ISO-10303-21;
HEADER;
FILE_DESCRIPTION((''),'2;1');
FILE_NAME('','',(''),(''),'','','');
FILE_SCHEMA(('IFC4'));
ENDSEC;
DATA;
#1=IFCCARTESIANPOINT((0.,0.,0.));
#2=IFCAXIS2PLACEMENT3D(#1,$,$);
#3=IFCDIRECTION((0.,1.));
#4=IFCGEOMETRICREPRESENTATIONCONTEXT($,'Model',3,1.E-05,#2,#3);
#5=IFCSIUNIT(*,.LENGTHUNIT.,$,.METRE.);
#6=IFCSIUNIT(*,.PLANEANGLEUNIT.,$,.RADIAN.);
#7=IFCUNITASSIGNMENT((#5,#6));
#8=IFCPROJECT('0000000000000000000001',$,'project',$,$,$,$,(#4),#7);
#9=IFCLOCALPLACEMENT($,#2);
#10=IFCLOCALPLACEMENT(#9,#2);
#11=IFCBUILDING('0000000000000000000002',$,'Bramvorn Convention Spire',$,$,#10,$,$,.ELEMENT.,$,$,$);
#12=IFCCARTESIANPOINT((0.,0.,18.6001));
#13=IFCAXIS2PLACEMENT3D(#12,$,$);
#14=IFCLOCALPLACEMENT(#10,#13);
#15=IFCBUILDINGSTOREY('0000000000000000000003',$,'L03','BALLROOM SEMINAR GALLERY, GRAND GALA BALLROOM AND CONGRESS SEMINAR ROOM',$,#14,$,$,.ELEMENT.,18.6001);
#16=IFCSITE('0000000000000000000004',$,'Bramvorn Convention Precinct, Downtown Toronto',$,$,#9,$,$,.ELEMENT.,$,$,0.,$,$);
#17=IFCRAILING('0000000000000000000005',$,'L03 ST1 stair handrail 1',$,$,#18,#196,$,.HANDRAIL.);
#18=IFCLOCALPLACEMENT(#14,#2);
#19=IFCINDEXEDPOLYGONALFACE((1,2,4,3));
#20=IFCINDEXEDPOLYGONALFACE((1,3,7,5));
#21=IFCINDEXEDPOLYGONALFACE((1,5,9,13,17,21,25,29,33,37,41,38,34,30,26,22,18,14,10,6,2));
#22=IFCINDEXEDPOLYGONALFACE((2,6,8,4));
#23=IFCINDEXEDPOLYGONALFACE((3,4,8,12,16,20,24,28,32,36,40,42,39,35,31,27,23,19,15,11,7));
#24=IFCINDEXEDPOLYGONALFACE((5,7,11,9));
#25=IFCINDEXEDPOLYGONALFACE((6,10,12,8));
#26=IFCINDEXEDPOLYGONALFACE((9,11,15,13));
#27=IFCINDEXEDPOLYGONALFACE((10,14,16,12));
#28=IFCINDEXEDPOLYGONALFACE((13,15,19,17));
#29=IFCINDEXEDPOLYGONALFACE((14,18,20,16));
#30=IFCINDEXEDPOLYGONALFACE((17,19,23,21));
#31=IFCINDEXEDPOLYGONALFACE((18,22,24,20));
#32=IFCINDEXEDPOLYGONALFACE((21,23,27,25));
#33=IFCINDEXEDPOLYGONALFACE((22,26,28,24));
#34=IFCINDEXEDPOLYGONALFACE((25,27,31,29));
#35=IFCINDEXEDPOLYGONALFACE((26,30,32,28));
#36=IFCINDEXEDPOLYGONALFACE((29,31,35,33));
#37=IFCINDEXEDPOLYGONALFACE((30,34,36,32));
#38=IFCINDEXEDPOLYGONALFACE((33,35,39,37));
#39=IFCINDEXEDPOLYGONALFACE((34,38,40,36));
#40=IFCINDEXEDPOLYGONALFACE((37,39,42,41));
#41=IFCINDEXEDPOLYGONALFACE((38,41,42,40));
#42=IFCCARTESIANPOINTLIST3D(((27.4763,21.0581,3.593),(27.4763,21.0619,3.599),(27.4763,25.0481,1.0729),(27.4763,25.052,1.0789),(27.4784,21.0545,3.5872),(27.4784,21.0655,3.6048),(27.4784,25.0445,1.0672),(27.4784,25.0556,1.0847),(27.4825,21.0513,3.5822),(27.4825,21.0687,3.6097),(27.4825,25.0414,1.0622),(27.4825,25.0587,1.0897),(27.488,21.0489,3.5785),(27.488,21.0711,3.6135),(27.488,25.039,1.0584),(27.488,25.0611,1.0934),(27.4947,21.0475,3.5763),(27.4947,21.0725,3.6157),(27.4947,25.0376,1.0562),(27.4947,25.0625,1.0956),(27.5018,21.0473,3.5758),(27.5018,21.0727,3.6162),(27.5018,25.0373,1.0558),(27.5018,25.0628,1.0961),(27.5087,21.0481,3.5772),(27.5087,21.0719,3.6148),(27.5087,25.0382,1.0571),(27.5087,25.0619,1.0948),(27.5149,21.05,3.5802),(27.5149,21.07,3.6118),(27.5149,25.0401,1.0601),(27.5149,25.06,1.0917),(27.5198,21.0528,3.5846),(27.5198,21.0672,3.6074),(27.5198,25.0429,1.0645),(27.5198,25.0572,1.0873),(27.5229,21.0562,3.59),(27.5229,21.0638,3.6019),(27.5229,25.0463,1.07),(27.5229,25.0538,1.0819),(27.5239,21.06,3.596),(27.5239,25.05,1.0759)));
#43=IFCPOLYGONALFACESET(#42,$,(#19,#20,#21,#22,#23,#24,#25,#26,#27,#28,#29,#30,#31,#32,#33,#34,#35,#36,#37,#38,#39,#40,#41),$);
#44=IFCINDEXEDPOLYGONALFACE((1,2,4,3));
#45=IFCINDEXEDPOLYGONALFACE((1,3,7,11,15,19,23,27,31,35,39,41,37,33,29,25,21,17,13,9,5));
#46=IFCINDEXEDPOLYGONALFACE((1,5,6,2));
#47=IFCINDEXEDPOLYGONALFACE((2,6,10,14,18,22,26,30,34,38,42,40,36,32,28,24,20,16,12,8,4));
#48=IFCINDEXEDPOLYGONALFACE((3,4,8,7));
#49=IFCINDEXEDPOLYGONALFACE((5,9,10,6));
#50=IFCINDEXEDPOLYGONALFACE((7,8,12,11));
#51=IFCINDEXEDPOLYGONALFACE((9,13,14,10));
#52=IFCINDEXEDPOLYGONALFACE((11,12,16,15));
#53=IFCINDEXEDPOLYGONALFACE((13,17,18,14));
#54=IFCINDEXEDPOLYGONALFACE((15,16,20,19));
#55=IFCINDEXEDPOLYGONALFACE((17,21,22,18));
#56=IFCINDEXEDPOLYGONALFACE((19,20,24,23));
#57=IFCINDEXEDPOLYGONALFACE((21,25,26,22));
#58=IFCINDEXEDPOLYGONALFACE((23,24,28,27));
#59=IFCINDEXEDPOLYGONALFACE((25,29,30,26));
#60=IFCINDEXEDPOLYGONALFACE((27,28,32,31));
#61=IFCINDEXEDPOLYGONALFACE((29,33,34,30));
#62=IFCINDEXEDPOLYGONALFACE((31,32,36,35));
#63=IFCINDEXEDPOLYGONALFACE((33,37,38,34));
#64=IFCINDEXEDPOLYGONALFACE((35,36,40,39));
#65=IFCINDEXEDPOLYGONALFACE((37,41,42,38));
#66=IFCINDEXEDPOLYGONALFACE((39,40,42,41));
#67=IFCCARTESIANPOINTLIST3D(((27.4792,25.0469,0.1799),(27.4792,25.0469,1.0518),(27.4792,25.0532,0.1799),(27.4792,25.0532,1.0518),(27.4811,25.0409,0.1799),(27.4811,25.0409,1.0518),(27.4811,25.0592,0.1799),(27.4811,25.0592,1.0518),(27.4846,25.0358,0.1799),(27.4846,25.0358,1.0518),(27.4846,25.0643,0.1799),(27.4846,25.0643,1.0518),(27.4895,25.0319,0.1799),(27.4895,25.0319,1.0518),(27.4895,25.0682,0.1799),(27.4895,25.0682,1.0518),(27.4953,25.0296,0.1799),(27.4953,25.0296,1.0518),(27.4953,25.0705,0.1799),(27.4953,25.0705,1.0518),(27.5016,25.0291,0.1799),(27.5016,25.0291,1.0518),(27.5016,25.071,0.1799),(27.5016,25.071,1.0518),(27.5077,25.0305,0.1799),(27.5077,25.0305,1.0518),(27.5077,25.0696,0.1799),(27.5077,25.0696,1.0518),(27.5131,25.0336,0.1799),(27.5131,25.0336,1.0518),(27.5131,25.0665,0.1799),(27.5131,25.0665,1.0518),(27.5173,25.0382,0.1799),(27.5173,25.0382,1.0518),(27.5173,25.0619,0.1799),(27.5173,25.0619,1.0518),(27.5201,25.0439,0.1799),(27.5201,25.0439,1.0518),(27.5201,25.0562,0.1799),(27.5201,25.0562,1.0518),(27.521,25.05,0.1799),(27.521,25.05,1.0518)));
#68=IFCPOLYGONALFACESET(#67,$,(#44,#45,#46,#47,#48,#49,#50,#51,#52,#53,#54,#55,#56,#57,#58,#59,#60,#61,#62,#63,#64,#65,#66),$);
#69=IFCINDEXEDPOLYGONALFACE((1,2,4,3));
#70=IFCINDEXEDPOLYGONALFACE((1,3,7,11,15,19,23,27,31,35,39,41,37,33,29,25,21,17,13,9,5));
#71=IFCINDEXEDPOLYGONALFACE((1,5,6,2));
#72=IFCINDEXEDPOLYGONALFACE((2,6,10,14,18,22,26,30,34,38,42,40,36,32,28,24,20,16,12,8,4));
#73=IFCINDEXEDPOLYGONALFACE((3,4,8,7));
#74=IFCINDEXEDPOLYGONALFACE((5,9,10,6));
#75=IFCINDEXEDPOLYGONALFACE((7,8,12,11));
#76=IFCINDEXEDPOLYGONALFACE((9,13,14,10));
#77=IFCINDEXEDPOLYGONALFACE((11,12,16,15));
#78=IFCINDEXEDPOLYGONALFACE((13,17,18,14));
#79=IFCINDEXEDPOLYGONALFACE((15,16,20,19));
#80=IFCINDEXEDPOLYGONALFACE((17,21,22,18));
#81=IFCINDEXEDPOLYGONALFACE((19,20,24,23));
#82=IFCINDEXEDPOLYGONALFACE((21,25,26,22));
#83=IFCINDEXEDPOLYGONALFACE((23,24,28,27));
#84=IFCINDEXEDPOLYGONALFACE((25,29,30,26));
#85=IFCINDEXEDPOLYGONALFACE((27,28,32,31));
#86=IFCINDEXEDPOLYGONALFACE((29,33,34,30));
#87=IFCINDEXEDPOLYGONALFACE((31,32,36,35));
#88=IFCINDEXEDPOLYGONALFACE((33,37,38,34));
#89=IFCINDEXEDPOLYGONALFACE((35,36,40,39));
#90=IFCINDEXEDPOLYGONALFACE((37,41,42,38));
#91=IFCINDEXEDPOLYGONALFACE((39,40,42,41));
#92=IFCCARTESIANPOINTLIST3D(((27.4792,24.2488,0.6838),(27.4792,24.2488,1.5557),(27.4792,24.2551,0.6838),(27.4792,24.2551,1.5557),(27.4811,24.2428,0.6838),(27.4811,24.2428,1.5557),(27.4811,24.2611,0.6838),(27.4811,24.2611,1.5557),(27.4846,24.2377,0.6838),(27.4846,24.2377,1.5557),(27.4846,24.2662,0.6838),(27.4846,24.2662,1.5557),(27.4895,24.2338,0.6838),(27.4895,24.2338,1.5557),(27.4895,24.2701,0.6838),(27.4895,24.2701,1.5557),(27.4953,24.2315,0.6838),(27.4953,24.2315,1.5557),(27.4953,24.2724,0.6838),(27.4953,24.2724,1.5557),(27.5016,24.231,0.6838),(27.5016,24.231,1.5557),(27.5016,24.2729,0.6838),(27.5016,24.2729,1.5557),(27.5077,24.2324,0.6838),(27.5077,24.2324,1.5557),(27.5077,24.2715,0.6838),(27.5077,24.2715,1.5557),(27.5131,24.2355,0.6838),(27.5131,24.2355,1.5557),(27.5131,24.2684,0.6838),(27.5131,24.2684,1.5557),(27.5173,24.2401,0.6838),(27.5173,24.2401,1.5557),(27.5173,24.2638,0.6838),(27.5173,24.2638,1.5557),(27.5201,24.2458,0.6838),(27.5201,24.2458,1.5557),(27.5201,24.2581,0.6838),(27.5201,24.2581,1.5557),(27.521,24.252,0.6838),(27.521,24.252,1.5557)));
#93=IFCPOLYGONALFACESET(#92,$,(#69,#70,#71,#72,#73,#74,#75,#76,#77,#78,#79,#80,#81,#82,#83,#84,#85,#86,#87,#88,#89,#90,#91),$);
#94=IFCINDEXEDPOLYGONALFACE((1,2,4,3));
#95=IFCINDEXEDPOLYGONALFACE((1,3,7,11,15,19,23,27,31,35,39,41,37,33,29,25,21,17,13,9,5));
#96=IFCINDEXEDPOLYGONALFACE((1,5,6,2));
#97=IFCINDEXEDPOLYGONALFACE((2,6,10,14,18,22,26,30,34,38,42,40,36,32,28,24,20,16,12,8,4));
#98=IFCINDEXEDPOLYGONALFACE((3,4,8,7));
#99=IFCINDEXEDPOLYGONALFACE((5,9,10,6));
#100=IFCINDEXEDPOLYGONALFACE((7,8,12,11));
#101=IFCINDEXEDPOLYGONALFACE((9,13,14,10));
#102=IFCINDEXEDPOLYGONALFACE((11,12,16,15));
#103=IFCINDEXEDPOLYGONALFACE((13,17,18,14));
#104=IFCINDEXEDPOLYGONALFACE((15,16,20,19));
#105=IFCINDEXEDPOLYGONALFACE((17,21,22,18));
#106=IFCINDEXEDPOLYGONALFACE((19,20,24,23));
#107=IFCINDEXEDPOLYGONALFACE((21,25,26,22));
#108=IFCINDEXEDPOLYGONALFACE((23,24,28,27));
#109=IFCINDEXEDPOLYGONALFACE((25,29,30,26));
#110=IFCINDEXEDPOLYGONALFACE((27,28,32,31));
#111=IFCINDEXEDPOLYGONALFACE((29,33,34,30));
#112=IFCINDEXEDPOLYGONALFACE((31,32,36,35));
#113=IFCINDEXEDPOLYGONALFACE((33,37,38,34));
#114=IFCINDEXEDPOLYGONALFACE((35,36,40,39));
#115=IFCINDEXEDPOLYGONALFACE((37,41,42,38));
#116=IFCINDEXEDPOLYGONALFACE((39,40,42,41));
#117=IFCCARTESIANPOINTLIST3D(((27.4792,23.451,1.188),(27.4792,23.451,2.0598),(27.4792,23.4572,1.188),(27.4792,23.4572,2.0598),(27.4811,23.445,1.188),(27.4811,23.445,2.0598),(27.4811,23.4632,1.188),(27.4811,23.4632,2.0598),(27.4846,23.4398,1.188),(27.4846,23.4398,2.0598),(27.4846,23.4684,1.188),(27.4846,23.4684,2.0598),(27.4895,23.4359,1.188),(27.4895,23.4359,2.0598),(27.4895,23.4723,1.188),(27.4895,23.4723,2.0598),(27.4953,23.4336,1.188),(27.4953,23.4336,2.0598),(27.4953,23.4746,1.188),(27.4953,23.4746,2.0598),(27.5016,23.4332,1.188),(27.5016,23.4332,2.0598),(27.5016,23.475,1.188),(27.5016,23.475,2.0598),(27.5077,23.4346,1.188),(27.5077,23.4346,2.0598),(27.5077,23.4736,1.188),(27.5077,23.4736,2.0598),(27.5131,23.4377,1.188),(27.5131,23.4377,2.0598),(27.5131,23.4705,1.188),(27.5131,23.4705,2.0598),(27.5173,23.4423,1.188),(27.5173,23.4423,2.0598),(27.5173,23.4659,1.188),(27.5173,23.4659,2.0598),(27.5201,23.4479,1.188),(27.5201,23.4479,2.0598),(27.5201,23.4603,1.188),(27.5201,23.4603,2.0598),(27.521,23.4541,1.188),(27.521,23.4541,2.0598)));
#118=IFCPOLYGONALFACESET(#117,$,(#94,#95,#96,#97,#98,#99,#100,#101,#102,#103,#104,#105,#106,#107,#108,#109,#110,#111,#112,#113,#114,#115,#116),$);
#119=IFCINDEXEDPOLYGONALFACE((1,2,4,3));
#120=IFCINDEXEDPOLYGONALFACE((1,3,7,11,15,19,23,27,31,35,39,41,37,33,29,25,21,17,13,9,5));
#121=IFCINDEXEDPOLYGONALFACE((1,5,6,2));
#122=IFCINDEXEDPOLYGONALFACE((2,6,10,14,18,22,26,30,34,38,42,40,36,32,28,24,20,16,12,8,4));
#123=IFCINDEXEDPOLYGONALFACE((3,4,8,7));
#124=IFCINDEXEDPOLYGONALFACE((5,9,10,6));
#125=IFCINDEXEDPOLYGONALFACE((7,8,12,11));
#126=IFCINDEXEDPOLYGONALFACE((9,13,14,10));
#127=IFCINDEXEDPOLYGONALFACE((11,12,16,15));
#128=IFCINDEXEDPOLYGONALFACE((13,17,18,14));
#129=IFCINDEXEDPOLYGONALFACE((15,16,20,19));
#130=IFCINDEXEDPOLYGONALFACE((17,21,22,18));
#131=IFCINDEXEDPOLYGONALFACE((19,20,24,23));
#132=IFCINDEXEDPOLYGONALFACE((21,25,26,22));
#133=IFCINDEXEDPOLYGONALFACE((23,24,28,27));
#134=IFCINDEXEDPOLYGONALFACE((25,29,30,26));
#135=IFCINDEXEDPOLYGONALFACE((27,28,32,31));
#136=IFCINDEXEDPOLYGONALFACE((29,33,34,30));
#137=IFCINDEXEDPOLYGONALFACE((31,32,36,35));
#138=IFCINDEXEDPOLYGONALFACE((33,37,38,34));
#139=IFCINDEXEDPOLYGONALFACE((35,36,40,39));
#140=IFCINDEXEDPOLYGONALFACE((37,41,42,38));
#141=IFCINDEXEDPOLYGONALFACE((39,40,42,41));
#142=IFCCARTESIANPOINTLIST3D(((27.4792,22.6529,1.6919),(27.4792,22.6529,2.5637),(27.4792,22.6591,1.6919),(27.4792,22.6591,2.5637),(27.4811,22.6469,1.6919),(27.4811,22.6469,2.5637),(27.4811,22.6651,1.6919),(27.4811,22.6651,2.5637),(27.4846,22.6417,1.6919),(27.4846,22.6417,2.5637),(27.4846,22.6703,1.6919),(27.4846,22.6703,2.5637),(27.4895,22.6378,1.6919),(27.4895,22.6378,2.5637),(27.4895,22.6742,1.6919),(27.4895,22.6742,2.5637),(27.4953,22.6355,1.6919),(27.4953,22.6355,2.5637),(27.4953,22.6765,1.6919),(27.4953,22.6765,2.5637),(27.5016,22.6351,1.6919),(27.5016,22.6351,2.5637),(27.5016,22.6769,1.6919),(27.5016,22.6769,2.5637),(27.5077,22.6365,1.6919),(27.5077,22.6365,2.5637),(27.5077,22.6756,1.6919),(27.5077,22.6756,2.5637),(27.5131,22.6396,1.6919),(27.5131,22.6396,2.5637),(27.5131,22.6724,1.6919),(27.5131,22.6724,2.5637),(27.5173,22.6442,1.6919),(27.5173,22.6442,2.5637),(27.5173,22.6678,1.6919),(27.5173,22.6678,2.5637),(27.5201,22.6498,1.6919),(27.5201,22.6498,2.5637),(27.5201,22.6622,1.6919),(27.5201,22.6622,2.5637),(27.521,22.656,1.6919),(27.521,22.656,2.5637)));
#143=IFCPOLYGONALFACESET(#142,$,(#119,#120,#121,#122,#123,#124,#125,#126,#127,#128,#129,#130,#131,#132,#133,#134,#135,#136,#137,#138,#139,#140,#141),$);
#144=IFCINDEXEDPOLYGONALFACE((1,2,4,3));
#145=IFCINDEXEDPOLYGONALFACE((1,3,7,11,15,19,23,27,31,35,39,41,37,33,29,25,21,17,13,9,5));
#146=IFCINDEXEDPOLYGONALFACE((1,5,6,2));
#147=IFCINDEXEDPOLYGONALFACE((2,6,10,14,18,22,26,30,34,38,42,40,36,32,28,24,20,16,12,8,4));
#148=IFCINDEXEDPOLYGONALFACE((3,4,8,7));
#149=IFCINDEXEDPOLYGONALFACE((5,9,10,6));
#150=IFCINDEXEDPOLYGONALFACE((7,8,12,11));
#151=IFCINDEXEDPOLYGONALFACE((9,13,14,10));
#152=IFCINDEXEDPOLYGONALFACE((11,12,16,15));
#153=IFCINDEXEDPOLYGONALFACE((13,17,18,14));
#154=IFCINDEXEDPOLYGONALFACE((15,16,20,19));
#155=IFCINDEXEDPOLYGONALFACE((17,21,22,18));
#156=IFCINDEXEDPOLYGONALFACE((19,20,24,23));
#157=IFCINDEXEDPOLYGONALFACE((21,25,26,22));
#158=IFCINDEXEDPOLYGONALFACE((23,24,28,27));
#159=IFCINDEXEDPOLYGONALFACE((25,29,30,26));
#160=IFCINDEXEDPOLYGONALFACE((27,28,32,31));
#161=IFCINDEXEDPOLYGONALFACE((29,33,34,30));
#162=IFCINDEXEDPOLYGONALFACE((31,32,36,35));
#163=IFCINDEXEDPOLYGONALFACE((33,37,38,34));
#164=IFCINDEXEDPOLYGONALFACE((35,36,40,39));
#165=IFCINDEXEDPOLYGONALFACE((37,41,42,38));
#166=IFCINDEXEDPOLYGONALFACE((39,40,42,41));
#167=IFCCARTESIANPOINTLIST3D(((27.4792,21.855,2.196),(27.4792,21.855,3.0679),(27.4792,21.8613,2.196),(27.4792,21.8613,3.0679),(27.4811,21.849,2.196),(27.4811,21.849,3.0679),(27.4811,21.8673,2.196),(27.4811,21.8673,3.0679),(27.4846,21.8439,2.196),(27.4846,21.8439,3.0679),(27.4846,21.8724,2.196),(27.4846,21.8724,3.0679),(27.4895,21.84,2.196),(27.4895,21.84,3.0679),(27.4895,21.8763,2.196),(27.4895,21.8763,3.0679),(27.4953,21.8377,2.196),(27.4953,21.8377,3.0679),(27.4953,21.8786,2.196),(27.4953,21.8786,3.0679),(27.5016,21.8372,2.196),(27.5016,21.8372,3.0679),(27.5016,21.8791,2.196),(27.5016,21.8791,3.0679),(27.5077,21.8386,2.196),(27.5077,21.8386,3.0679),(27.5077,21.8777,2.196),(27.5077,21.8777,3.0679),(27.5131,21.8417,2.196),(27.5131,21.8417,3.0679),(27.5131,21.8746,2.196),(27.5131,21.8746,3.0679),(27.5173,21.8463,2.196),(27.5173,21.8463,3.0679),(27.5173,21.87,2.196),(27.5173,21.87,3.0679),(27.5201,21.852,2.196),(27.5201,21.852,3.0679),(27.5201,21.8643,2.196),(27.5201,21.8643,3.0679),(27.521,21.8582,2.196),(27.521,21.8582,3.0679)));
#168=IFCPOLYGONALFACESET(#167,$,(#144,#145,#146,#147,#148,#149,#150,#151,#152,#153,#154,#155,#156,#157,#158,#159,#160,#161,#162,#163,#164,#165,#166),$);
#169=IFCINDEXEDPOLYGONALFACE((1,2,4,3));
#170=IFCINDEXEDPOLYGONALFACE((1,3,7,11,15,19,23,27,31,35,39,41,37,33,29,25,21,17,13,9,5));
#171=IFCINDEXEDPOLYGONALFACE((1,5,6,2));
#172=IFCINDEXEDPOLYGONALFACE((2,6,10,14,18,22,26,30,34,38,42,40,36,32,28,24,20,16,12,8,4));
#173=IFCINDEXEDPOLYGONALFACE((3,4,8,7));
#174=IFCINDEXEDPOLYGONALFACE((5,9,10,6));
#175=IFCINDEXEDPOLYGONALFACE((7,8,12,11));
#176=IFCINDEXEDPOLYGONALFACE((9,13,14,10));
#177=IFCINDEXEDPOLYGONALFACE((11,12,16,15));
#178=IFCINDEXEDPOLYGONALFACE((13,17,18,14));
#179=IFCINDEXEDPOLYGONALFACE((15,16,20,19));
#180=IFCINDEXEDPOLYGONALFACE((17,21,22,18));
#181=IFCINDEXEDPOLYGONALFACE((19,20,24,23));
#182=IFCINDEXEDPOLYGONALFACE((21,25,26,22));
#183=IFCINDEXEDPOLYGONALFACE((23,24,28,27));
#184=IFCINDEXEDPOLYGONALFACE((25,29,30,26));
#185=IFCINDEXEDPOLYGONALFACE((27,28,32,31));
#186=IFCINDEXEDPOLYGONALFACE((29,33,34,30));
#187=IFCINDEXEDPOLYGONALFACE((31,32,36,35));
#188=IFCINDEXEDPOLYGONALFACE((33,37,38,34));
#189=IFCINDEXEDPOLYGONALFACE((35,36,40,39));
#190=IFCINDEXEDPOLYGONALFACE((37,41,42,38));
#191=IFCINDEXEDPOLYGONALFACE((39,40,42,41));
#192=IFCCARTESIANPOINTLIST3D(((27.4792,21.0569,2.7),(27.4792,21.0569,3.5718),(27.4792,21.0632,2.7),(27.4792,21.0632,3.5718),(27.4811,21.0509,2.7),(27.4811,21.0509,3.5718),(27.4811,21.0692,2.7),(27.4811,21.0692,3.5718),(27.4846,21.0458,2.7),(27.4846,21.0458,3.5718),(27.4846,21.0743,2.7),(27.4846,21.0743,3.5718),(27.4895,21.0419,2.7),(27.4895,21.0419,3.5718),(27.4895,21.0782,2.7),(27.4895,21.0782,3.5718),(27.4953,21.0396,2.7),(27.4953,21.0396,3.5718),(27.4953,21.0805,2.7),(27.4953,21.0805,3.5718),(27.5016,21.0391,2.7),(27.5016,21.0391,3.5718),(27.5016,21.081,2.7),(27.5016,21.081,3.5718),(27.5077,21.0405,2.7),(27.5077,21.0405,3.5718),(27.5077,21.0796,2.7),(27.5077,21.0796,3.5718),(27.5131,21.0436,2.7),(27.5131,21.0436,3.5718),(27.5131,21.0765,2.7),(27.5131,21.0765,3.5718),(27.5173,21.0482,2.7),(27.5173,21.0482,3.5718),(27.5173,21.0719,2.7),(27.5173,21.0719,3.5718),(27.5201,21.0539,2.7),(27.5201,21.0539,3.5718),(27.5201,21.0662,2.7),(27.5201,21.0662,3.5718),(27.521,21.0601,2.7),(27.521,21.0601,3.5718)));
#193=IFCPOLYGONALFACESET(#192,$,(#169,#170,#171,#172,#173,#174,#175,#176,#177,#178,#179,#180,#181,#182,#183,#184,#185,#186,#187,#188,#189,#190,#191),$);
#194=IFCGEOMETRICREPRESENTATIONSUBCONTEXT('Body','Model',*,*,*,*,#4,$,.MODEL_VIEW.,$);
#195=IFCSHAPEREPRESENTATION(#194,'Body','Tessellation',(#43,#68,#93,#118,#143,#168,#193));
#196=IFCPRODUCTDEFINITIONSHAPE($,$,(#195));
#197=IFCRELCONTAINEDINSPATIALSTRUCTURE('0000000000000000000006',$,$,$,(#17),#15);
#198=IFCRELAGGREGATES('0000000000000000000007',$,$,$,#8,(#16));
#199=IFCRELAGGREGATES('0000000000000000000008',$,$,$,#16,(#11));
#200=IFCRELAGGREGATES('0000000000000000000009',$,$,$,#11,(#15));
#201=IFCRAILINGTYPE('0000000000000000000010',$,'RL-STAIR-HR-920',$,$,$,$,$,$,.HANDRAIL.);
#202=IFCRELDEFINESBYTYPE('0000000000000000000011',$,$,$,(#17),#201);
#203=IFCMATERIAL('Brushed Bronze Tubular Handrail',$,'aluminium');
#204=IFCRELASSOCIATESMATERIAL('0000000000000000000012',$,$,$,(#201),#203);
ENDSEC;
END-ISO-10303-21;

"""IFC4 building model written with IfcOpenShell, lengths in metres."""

from ifc_helpers import new_model, si_unit, direction, frame, origin, origin_2d, place, context, subcontext, project, spatial, circle, extrude, material, type_object, element, save


model = new_model("IFC4")

# Units and contexts
model_context = context("Model", 3, precision=1e-05, world=origin(), true_north=direction((0.0, 1.0)))
body_context = subcontext(model_context, "Body", "Model", "MODEL_VIEW")
ifc_project = project(units=[si_unit("LENGTHUNIT", "METRE"), si_unit("PLANEANGLEUNIT", "RADIAN")], contexts=[model_context])

# Site, building, storey
site_placement = place(None, origin())
site = spatial("IfcSite", under=ifc_project, at=site_placement, Name="Bramvorn Convention Precinct, Downtown Toronto", CompositionType="ELEMENT", RefElevation=0.0)
building_placement = place(site_placement, origin())
building = spatial("IfcBuilding", under=site, at=building_placement, Name="Bramvorn Convention Spire", CompositionType="ELEMENT")
storey_placement = place(building_placement, frame((0.0, 0.0, 18.6001)))
storey = spatial("IfcBuildingStorey", under=building, at=storey_placement, Name="L03", Description="BALLROOM SEMINAR GALLERY, GRAND GALA BALLROOM AND CONGRESS SEMINAR ROOM", CompositionType="ELEMENT", Elevation=18.6001)

# Railing
ifc_material_1 = material(Name="Brushed Bronze Tubular Handrail", Category="aluminium")
railing_type_1 = type_object("IfcRailingType", Name="RL-STAIR-HR-920", PredefinedType="HANDRAIL", material=ifc_material_1)
for number, where, name in (
    (1, (27.5, 25.05, 0.1799), "L03 ST1 stair handrail 1"),
):
    element("IfcRailing", number, at=place(storey_placement, frame(where)), inside=storey, type_object=railing_type_1, Name=name, PredefinedType="HANDRAIL", context=body_context, shape_type="SweptSolid", body=[
        extrude(circle(Radius=0.0239, at=origin_2d()), frame((0.0, 0.0, 0.896), z_axis=(0.0, -0.845486, 0.533997), x_axis=(1.0, 0.0, 0.0)), (0.0, 0.0, 1.0), 4.7192),
        extrude(circle(Radius=0.021, at=origin_2d()), origin(), (0.0, 0.0, 1.0), 0.8718),
        extrude(circle(Radius=0.021, at=origin_2d()), frame((0.0, -0.7981, 0.5039)), (0.0, 0.0, 1.0), 0.8718),
        extrude(circle(Radius=0.021, at=origin_2d()), frame((0.0, -1.5959, 1.0081)), (0.0, 0.0, 1.0), 0.8718),
        extrude(circle(Radius=0.021, at=origin_2d()), frame((0.0, -2.394, 1.512)), (0.0, 0.0, 1.0), 0.8718),
        extrude(circle(Radius=0.021, at=origin_2d()), frame((0.0, -3.1919, 2.0161)), (0.0, 0.0, 1.0), 0.8718),
        extrude(circle(Radius=0.021, at=origin_2d()), frame((0.0, -3.99, 2.52)), (0.0, 0.0, 1.0), 0.8718),
    ])

save(model, "model.ifc")
